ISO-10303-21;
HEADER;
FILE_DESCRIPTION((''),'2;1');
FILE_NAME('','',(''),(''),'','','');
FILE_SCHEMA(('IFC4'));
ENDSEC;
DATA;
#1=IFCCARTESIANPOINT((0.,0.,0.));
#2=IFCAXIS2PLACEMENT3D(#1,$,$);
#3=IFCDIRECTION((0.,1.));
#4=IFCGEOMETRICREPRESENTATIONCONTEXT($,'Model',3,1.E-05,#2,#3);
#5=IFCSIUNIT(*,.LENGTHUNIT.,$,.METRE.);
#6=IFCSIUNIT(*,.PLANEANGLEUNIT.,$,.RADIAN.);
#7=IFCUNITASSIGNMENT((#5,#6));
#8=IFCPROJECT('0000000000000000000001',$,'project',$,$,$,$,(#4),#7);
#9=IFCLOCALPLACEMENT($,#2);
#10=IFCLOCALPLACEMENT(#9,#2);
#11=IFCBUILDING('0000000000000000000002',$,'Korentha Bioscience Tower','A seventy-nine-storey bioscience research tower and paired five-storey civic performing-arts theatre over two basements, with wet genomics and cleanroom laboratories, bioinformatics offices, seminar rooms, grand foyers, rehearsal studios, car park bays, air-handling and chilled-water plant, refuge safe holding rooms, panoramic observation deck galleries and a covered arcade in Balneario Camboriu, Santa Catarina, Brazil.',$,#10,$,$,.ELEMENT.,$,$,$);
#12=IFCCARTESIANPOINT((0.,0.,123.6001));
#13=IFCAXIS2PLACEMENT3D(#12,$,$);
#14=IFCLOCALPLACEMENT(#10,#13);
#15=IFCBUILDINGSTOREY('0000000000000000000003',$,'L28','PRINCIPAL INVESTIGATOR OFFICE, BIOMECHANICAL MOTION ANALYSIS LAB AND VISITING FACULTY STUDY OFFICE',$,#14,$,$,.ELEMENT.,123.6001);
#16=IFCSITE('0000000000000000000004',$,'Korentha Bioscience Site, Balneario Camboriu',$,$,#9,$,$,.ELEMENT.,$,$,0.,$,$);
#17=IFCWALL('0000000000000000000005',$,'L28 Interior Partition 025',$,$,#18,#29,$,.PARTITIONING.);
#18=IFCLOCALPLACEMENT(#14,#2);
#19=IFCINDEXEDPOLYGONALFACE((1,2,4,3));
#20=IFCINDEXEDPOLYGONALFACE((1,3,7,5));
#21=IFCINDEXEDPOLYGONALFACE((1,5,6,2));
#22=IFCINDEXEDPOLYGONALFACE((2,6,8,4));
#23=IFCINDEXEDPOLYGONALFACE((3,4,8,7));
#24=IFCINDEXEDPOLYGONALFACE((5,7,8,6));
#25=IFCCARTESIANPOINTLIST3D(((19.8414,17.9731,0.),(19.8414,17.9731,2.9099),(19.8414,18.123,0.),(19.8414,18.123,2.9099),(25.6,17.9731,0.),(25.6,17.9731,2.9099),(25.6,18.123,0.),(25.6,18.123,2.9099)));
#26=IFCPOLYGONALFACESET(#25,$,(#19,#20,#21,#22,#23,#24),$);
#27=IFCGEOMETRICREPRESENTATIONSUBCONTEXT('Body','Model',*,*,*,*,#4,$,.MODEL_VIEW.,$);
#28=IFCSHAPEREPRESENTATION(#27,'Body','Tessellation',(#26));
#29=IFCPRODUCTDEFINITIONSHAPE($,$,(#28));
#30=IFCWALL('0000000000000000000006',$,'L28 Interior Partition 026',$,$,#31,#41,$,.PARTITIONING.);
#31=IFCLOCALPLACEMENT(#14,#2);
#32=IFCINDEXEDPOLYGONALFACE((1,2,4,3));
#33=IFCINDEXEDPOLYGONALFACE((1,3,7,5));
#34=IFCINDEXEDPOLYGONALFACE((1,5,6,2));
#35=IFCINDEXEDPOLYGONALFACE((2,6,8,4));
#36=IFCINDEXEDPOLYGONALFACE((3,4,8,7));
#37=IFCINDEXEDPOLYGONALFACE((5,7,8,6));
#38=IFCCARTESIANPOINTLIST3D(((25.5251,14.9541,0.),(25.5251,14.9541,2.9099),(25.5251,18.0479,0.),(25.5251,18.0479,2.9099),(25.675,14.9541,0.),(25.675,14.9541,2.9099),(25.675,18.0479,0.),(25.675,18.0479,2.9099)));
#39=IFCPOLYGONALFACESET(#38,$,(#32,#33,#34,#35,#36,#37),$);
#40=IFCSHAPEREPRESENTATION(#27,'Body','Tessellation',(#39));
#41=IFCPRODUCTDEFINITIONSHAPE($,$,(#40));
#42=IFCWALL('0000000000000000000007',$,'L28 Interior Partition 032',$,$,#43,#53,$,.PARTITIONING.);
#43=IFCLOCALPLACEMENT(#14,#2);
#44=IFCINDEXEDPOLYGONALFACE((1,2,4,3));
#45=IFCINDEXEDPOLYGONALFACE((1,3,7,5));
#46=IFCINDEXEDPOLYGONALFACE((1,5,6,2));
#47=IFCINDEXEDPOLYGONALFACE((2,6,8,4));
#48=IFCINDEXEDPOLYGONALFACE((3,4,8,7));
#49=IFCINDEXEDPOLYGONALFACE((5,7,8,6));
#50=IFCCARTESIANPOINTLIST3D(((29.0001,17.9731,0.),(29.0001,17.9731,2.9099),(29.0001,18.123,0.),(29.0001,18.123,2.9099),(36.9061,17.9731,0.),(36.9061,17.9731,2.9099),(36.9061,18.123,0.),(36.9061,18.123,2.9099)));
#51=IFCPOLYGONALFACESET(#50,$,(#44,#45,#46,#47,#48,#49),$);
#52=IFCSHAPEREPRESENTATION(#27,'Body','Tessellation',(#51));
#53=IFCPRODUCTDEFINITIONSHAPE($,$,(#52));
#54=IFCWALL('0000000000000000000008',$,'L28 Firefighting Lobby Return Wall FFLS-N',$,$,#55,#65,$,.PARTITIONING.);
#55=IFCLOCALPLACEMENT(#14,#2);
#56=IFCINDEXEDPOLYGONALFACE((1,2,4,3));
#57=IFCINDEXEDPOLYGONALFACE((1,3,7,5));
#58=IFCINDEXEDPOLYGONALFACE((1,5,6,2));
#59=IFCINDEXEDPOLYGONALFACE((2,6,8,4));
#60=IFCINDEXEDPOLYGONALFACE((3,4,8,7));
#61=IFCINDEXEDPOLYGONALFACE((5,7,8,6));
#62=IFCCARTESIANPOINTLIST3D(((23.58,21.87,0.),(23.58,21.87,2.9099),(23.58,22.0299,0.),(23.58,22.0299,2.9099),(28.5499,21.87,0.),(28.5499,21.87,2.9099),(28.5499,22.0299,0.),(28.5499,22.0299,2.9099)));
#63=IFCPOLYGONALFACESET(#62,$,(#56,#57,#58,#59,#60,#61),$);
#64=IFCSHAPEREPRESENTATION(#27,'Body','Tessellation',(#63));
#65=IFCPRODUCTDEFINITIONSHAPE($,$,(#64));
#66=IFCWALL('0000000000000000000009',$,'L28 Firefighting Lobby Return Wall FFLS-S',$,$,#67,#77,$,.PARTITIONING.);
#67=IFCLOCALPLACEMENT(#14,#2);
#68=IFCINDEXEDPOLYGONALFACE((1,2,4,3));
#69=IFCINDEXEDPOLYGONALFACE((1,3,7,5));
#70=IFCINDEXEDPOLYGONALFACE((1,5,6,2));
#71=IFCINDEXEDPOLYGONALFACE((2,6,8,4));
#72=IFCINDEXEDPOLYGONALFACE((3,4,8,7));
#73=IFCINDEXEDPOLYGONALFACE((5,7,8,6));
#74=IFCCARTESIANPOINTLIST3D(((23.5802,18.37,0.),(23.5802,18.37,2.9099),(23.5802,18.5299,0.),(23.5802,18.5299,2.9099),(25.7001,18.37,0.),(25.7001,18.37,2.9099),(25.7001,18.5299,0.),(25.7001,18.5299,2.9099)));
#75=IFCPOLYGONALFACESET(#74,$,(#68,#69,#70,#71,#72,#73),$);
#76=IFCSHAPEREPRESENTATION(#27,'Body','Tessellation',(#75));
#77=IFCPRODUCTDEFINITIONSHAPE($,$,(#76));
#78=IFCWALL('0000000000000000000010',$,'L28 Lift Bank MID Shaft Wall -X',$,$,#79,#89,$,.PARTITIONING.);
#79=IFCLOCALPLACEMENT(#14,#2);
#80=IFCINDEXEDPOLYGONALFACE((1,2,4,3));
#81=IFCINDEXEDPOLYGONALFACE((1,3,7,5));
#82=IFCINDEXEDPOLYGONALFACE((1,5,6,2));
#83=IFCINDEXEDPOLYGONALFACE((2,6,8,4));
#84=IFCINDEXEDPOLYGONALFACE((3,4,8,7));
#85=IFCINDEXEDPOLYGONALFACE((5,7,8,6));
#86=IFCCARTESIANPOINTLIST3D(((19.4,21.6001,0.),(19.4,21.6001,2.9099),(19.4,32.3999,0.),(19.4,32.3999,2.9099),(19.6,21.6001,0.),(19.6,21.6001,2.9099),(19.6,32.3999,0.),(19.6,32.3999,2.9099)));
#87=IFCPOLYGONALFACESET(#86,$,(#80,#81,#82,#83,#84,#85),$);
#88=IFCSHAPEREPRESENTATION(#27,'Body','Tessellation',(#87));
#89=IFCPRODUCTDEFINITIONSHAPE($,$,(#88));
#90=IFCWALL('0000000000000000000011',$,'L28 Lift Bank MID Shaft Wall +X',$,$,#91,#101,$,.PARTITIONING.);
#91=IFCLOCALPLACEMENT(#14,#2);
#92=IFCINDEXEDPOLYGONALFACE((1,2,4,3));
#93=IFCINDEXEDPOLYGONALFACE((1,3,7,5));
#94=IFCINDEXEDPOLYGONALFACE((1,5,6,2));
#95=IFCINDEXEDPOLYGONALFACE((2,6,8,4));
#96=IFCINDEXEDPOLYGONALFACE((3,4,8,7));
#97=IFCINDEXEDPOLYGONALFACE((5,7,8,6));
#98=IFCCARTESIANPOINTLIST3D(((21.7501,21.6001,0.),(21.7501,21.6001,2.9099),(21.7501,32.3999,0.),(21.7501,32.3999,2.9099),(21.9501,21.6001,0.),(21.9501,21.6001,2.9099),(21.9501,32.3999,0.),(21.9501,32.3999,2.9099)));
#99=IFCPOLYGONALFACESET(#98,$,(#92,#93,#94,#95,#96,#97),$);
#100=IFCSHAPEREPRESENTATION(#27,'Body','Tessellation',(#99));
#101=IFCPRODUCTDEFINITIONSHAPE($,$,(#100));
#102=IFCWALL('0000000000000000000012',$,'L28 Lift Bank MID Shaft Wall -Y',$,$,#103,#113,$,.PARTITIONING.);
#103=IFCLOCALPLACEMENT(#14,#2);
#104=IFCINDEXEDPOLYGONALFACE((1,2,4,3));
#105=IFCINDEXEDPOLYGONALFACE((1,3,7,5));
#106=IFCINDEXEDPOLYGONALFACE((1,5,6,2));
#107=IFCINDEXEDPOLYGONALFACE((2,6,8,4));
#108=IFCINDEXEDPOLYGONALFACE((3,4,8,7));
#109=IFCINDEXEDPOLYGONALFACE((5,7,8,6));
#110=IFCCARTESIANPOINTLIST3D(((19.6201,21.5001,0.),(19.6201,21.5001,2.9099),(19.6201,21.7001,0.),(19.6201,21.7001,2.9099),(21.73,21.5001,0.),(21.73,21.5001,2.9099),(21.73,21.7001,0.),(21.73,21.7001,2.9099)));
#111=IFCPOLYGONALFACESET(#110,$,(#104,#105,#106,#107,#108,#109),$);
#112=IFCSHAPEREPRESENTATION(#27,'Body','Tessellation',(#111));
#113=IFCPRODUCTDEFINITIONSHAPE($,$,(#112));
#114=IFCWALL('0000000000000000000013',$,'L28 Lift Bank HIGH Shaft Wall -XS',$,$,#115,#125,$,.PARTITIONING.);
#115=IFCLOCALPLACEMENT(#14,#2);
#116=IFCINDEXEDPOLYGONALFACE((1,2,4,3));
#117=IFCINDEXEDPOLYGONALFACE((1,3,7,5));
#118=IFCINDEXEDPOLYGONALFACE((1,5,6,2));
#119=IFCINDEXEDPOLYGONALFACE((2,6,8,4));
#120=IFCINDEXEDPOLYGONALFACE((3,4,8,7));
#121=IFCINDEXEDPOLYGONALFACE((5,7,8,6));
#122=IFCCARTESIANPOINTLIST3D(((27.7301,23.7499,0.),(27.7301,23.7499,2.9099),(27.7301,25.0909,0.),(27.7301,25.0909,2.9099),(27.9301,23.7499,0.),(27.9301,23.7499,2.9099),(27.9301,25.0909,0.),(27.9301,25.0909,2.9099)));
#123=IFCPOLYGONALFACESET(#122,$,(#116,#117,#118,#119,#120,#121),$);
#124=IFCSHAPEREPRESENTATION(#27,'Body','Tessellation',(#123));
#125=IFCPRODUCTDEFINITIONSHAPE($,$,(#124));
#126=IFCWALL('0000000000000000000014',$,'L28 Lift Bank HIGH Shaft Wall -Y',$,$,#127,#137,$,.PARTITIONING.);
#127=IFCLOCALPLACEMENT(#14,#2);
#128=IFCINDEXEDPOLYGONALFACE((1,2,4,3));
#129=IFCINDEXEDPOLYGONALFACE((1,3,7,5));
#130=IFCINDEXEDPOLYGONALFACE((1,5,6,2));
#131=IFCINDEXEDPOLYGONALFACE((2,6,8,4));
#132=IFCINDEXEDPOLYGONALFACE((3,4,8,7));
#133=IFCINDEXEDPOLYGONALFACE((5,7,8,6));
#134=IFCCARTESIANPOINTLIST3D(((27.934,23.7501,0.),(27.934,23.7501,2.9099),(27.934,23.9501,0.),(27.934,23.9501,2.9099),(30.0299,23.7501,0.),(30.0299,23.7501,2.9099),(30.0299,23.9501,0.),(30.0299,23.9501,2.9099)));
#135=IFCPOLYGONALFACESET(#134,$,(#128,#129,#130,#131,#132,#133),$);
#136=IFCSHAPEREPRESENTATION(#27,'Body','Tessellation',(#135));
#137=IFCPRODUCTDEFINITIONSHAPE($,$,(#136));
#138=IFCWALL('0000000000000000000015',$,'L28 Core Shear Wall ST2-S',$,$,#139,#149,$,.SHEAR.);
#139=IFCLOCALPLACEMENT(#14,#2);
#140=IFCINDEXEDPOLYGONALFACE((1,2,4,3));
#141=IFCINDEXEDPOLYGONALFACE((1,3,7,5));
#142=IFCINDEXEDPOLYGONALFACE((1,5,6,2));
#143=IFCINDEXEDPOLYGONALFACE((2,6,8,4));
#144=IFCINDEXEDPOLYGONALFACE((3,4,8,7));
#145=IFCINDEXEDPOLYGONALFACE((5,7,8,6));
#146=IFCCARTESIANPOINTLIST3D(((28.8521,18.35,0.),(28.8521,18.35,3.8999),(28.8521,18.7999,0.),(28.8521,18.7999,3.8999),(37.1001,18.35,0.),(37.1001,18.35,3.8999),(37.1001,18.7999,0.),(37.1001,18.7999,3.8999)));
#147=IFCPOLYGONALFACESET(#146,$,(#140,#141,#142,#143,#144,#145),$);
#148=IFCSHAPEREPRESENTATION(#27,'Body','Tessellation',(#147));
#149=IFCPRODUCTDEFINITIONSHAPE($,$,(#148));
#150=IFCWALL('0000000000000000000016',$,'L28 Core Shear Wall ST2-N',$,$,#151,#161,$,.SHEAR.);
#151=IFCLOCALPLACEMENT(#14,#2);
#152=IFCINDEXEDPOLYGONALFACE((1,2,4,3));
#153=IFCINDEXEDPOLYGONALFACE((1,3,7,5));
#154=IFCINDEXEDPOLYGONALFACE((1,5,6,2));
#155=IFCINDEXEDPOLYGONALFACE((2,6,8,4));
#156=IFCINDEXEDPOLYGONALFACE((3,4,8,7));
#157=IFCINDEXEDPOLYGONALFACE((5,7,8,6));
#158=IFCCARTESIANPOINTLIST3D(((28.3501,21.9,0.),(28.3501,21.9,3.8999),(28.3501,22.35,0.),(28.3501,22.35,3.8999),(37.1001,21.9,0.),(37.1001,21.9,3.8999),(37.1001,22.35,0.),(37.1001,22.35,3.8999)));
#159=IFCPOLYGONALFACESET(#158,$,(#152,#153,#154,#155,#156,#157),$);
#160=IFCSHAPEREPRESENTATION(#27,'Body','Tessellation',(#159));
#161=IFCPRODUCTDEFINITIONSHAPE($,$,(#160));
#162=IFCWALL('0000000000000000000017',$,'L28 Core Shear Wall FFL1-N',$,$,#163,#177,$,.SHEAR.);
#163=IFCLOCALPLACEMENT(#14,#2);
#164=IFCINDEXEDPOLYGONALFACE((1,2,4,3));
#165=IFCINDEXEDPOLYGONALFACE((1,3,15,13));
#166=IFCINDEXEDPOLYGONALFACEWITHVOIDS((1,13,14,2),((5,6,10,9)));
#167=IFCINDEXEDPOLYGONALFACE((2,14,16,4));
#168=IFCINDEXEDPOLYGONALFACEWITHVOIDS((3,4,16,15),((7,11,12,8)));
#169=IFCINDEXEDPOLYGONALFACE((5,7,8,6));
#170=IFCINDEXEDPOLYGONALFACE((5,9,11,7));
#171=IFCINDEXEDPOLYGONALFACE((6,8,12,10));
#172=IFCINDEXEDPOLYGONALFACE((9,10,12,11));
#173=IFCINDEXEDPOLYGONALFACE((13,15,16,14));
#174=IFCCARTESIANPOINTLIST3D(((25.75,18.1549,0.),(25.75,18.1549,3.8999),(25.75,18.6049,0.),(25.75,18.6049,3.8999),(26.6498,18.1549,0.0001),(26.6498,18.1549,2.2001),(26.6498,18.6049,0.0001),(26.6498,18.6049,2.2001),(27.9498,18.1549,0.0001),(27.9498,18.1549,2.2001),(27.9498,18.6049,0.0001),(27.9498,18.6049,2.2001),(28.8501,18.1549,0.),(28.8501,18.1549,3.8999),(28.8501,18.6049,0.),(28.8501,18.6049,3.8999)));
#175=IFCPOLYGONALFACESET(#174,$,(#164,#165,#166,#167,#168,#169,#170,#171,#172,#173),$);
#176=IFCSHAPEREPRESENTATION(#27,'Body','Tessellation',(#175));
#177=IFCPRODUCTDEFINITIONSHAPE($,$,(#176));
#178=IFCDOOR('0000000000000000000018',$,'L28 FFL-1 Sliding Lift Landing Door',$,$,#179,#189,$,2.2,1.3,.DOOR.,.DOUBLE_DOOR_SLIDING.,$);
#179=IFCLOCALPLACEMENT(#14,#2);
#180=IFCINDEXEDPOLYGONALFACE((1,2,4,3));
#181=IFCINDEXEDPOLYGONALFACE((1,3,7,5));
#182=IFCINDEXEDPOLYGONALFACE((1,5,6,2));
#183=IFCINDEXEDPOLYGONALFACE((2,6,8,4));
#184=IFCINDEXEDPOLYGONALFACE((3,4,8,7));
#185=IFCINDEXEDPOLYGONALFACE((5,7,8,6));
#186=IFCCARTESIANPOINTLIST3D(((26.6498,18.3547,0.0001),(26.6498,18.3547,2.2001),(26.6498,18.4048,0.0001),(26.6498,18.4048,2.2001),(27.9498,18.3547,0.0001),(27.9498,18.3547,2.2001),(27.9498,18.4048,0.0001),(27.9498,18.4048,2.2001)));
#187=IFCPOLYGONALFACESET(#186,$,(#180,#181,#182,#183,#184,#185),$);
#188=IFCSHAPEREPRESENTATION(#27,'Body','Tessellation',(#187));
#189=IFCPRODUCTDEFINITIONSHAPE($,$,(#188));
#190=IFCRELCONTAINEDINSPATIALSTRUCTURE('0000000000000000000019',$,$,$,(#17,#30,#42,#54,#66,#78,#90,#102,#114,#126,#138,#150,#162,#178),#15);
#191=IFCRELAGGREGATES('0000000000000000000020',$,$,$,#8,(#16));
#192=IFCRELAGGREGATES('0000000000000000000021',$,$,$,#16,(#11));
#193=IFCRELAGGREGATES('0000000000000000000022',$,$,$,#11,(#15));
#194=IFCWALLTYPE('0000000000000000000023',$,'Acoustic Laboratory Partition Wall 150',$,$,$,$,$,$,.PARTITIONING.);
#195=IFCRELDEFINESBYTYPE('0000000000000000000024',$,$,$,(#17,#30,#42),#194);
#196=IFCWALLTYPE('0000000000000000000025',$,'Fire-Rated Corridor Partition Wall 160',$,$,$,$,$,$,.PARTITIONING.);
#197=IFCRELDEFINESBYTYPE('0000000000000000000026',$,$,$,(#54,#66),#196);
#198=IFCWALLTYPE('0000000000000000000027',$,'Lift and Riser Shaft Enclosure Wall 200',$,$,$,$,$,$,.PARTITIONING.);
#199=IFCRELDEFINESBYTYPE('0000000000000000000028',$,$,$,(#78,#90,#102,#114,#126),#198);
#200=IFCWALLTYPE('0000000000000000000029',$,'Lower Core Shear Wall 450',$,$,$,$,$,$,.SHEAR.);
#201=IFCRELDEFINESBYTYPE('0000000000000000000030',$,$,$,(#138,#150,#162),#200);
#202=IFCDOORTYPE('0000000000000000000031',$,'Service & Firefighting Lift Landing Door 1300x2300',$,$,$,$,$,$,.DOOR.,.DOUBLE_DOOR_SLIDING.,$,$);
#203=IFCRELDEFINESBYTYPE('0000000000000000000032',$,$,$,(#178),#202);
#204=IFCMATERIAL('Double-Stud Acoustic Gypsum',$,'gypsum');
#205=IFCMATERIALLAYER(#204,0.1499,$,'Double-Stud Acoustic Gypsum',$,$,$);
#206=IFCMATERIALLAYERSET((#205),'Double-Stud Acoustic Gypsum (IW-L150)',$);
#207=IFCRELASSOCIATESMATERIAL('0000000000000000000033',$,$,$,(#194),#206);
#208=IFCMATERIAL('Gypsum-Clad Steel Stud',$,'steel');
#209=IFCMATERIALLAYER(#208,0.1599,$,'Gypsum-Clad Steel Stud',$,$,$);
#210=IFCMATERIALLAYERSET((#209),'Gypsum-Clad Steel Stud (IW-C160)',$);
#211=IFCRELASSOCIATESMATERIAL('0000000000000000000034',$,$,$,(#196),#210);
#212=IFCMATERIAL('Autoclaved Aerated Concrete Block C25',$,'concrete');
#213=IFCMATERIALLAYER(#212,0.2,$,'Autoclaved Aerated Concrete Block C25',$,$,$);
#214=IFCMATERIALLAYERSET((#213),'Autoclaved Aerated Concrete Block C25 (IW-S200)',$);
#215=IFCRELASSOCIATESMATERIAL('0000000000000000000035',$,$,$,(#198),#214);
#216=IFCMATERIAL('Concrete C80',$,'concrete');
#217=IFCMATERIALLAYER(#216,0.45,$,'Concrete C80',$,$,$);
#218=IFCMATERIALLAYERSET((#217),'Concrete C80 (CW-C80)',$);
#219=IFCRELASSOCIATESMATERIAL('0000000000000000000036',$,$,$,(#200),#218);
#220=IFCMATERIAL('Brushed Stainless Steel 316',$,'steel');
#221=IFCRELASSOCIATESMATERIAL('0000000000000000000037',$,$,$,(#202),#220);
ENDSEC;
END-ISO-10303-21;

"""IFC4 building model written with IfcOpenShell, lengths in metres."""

from ifc_helpers import new_model, si_unit, direction, frame, frame_2d, origin, place, context, subcontext, project, spatial, rectangle, extrude, material, layer, layer_set, type_object, element, fill, save


model = new_model("IFC4")

# Units and contexts
model_context = context("Model", 3, precision=1e-05, world=origin(), true_north=direction((0.0, 1.0)))
body_context = subcontext(model_context, "Body", "Model", "MODEL_VIEW")
ifc_project = project(units=[si_unit("LENGTHUNIT", "METRE"), si_unit("PLANEANGLEUNIT", "RADIAN")], contexts=[model_context])

# Site, building, storey
site_placement = place(None, origin())
site = spatial("IfcSite", under=ifc_project, at=site_placement, Name="Korentha Bioscience Site, Balneario Camboriu", CompositionType="ELEMENT", RefElevation=0.0)
building_placement = place(site_placement, origin())
building = spatial("IfcBuilding", under=site, at=building_placement, Name="Korentha Bioscience Tower", Description="A seventy-nine-storey bioscience research tower and paired five-storey civic performing-arts theatre over two basements, with wet genomics and cleanroom laboratories, bioinformatics offices, seminar rooms, grand foyers, rehearsal studios, car park bays, air-handling and chilled-water plant, refuge safe holding rooms, panoramic observation deck galleries and a covered arcade in Balneario Camboriu, Santa Catarina, Brazil.", CompositionType="ELEMENT")
storey_placement = place(building_placement, frame((0.0, 0.0, 123.6001)))
storey = spatial("IfcBuildingStorey", under=building, at=storey_placement, Name="L28", Description="PRINCIPAL INVESTIGATOR OFFICE, BIOMECHANICAL MOTION ANALYSIS LAB AND VISITING FACULTY STUDY OFFICE", CompositionType="ELEMENT", Elevation=123.6001)

# Shared definitions
ifc_material_1 = material(Name="Concrete C80", Category="concrete")

# Walls
ifc_material_2 = material(Name="Double-Stud Acoustic Gypsum", Category="gypsum")
ifc_layer_1 = layer(ifc_material_2, 0.1499, Name="Double-Stud Acoustic Gypsum")
ifc_layer_set_1 = layer_set([ifc_layer_1], Name="Double-Stud Acoustic Gypsum (IW-L150)")
wall_type_1 = type_object("IfcWallType", Name="Acoustic Laboratory Partition Wall 150", PredefinedType="PARTITIONING", material=ifc_layer_set_1)
wall_1_placement = place(storey_placement, frame((19.8413, 18.0481, 0.0), z_axis=(0.0, 0.0, 1.0), x_axis=(1.0, 0.0, 0.0)))
element("IfcWall", 1, at=wall_1_placement, inside=storey, type_object=wall_type_1, Name="L28 Interior Partition 025", PredefinedType="PARTITIONING", context=body_context, shape_type="SweptSolid", body=[
    extrude(rectangle(XDim=5.7585, YDim=0.1499, at=frame_2d((2.8794, 0.0))), origin(), (0.0, 0.0, 1.0), 2.9099),
])
wall_2_placement = place(storey_placement, frame((25.6001, 18.0479, 0.0), z_axis=(0.0, 0.0, 1.0), x_axis=(0.0, -1.0, 0.0)))
element("IfcWall", 2, at=wall_2_placement, inside=storey, type_object=wall_type_1, Name="L28 Interior Partition 026", PredefinedType="PARTITIONING", context=body_context, shape_type="SweptSolid", body=[
    extrude(rectangle(XDim=3.0938, YDim=0.1499, at=frame_2d((1.5469, 0.0))), origin(), (0.0, 0.0, 1.0), 2.9099),
])
wall_3_placement = place(storey_placement, frame((29.0, 18.0481, 0.0), z_axis=(0.0, 0.0, 1.0), x_axis=(1.0, 0.0, 0.0)))
element("IfcWall", 3, at=wall_3_placement, inside=storey, type_object=wall_type_1, Name="L28 Interior Partition 032", PredefinedType="PARTITIONING", context=body_context, shape_type="SweptSolid", body=[
    extrude(rectangle(XDim=7.906, YDim=0.1499, at=frame_2d((3.9531, 0.0))), origin(), (0.0, 0.0, 1.0), 2.9099),
])

# Shared definitions
ifc_material_3 = material(Name="Gypsum-Clad Steel Stud", Category="steel")
ifc_layer_2 = layer(ifc_material_3, 0.1599, Name="Gypsum-Clad Steel Stud")
ifc_layer_set_2 = layer_set([ifc_layer_2], Name="Gypsum-Clad Steel Stud (IW-C160)")
wall_type_2 = type_object("IfcWallType", Name="Fire-Rated Corridor Partition Wall 160", PredefinedType="PARTITIONING", material=ifc_layer_set_2)

# Walls
wall_4_placement = place(storey_placement, frame((23.5801, 21.95, 0.0), z_axis=(0.0, 0.0, 1.0), x_axis=(1.0, 0.0, 0.0)))
element("IfcWall", 4, at=wall_4_placement, inside=storey, type_object=wall_type_2, Name="L28 Firefighting Lobby Return Wall FFLS-N", PredefinedType="PARTITIONING", context=body_context, shape_type="SweptSolid", body=[
    extrude(rectangle(XDim=4.97, YDim=0.1599, at=frame_2d((2.4849, 0.0))), origin(), (0.0, 0.0, 1.0), 2.9099),
])
wall_5_placement = place(storey_placement, frame((23.5801, 18.45, 0.0), z_axis=(0.0, 0.0, 1.0), x_axis=(1.0, 0.0, 0.0)))
element("IfcWall", 5, at=wall_5_placement, inside=storey, type_object=wall_type_2, Name="L28 Firefighting Lobby Return Wall FFLS-S", PredefinedType="PARTITIONING", context=body_context, shape_type="SweptSolid", body=[
    extrude(rectangle(XDim=2.1199, YDim=0.1599, at=frame_2d((1.0601, 0.0))), origin(), (0.0, 0.0, 1.0), 2.9099),
])

# Walls
ifc_material_4 = material(Name="Autoclaved Aerated Concrete Block C25", Category="concrete")
ifc_layer_3 = layer(ifc_material_4, 0.2, Name="Autoclaved Aerated Concrete Block C25")
ifc_layer_set_3 = layer_set([ifc_layer_3], Name="Autoclaved Aerated Concrete Block C25 (IW-S200)")
wall_type_3 = type_object("IfcWallType", Name="Lift and Riser Shaft Enclosure Wall 200", PredefinedType="PARTITIONING", material=ifc_layer_set_3)
for number, where, z_axis, x_axis, name in (
    (6, (19.5, 21.6001, 0.0), (0.0, 0.0, 1.0), (0.0, 1.0, 0.0), "L28 Lift Bank MID Shaft Wall -X"),
    (7, (21.8501, 21.6001, 0.0), (0.0, 0.0, 1.0), (0.0, 1.0, 0.0), "L28 Lift Bank MID Shaft Wall +X"),
):
    element("IfcWall", number, at=place(storey_placement, frame(where, z_axis=z_axis, x_axis=x_axis)), inside=storey, type_object=wall_type_3, Name=name, PredefinedType="PARTITIONING", context=body_context, shape_type="SweptSolid", body=[
        extrude(rectangle(XDim=10.7998, YDim=0.2, at=frame_2d((5.3999, 0.0))), origin(), (0.0, 0.0, 1.0), 2.9099),
    ])
wall_6_placement = place(storey_placement, frame((19.6201, 21.6001, 0.0), z_axis=(0.0, 0.0, 1.0), x_axis=(1.0, 0.0, 0.0)))
element("IfcWall", 8, at=wall_6_placement, inside=storey, type_object=wall_type_3, Name="L28 Lift Bank MID Shaft Wall -Y", PredefinedType="PARTITIONING", context=body_context, shape_type="SweptSolid", body=[
    extrude(rectangle(XDim=2.1099, YDim=0.2, at=frame_2d((1.0549, 0.0))), origin(), (0.0, 0.0, 1.0), 2.9099),
])
wall_7_placement = place(storey_placement, frame((27.8301, 23.75, 0.0), z_axis=(0.0, 0.0, 1.0), x_axis=(0.0, 1.0, 0.0)))
element("IfcWall", 9, at=wall_7_placement, inside=storey, type_object=wall_type_3, Name="L28 Lift Bank HIGH Shaft Wall -XS", PredefinedType="PARTITIONING", context=body_context, shape_type="SweptSolid", body=[
    extrude(rectangle(XDim=1.3411, YDim=0.2, at=frame_2d((0.6704, 0.0))), origin(), (0.0, 0.0, 1.0), 2.9099),
])
wall_8_placement = place(storey_placement, frame((27.9341, 23.8501, 0.0), z_axis=(0.0, 0.0, 1.0), x_axis=(1.0, 0.0, 0.0)))
element("IfcWall", 10, at=wall_8_placement, inside=storey, type_object=wall_type_3, Name="L28 Lift Bank HIGH Shaft Wall -Y", PredefinedType="PARTITIONING", context=body_context, shape_type="SweptSolid", body=[
    extrude(rectangle(XDim=2.0959, YDim=0.2, at=frame_2d((1.0479, 0.0))), origin(), (0.0, 0.0, 1.0), 2.9099),
])
ifc_layer_4 = layer(ifc_material_1, 0.45, Name="Concrete C80")
ifc_layer_set_4 = layer_set([ifc_layer_4], Name="Concrete C80 (CW-C80)")
wall_type_4 = type_object("IfcWallType", Name="Lower Core Shear Wall 450", PredefinedType="SHEAR", material=ifc_layer_set_4)
wall_9_placement = place(storey_placement, frame((28.8521, 18.575, 0.0), z_axis=(0.0, 0.0, 1.0), x_axis=(1.0, 0.0, 0.0)))
element("IfcWall", 11, at=wall_9_placement, inside=storey, type_object=wall_type_4, Name="L28 Core Shear Wall ST2-S", PredefinedType="SHEAR", context=body_context, shape_type="SweptSolid", body=[
    extrude(rectangle(XDim=8.248, YDim=0.45, at=frame_2d((4.124, 0.0))), origin(), (0.0, 0.0, 1.0), 3.8999),
])
wall_10_placement = place(storey_placement, frame((28.3501, 22.125, 0.0), z_axis=(0.0, 0.0, 1.0), x_axis=(1.0, 0.0, 0.0)))
element("IfcWall", 12, at=wall_10_placement, inside=storey, type_object=wall_type_4, Name="L28 Core Shear Wall ST2-N", PredefinedType="SHEAR", context=body_context, shape_type="SweptSolid", body=[
    extrude(rectangle(XDim=8.75, YDim=0.45, at=frame_2d((4.375, 0.0))), origin(), (0.0, 0.0, 1.0), 3.8999),
])

# Wall, opening, door
wall_11_placement = place(storey_placement, frame((25.75, 18.3799, 0.0), z_axis=(0.0, 0.0, 1.0), x_axis=(1.0, 0.0, 0.0)))
wall_11 = element("IfcWall", 13, at=wall_11_placement, inside=storey, type_object=wall_type_4, Name="L28 Core Shear Wall FFL1-N", PredefinedType="SHEAR", context=body_context, shape_type="SweptSolid", body=[
    extrude(rectangle(XDim=3.1001, YDim=0.45, at=frame_2d((1.55, 0.0))), origin(), (0.0, 0.0, 1.0), 3.8999),
])
opening_1_placement = place(wall_11_placement, frame((0.8999, 0.0, 0.0)))
opening_1 = element("IfcOpeningElement", 14, at=opening_1_placement, cuts=wall_11, PredefinedType="OPENING", context=body_context, shape_type="SweptSolid", body=[
    extrude(rectangle(XDim=1.3, YDim=2.2, at=frame_2d((0.6499, 1.1001))), frame((0.0, 0.2397, 0.0), z_axis=(0.0, -1.0, 0.0), x_axis=(1.0, 0.0, 0.0)), (0.0, 0.0, 1.0), 0.4797),
])
ifc_material_5 = material(Name="Brushed Stainless Steel 316", Category="steel")
door_type_1 = type_object("IfcDoorType", Name="Service & Firefighting Lift Landing Door 1300x2300", OperationType="DOUBLE_DOOR_SLIDING", PredefinedType="DOOR", material=ifc_material_5)
door_1_placement = place(opening_1_placement, origin())
door_1 = element("IfcDoor", 15, at=door_1_placement, inside=storey, type_object=door_type_1, Name="L28 FFL-1 Sliding Lift Landing Door", OperationType="DOUBLE_DOOR_SLIDING", OverallHeight=2.2, OverallWidth=1.3, PredefinedType="DOOR", context=body_context, shape_type="SweptSolid", body=[
    extrude(rectangle(XDim=1.3, YDim=2.2, at=frame_2d((0.6499, 1.1001))), frame((0.0, 0.0249, 0.0), z_axis=(0.0, -1.0, 0.0), x_axis=(1.0, 0.0, 0.0)), (0.0, 0.0, 1.0), 0.05),
])
fill(opening_1, door_1)

save(model, "model.ifc")
